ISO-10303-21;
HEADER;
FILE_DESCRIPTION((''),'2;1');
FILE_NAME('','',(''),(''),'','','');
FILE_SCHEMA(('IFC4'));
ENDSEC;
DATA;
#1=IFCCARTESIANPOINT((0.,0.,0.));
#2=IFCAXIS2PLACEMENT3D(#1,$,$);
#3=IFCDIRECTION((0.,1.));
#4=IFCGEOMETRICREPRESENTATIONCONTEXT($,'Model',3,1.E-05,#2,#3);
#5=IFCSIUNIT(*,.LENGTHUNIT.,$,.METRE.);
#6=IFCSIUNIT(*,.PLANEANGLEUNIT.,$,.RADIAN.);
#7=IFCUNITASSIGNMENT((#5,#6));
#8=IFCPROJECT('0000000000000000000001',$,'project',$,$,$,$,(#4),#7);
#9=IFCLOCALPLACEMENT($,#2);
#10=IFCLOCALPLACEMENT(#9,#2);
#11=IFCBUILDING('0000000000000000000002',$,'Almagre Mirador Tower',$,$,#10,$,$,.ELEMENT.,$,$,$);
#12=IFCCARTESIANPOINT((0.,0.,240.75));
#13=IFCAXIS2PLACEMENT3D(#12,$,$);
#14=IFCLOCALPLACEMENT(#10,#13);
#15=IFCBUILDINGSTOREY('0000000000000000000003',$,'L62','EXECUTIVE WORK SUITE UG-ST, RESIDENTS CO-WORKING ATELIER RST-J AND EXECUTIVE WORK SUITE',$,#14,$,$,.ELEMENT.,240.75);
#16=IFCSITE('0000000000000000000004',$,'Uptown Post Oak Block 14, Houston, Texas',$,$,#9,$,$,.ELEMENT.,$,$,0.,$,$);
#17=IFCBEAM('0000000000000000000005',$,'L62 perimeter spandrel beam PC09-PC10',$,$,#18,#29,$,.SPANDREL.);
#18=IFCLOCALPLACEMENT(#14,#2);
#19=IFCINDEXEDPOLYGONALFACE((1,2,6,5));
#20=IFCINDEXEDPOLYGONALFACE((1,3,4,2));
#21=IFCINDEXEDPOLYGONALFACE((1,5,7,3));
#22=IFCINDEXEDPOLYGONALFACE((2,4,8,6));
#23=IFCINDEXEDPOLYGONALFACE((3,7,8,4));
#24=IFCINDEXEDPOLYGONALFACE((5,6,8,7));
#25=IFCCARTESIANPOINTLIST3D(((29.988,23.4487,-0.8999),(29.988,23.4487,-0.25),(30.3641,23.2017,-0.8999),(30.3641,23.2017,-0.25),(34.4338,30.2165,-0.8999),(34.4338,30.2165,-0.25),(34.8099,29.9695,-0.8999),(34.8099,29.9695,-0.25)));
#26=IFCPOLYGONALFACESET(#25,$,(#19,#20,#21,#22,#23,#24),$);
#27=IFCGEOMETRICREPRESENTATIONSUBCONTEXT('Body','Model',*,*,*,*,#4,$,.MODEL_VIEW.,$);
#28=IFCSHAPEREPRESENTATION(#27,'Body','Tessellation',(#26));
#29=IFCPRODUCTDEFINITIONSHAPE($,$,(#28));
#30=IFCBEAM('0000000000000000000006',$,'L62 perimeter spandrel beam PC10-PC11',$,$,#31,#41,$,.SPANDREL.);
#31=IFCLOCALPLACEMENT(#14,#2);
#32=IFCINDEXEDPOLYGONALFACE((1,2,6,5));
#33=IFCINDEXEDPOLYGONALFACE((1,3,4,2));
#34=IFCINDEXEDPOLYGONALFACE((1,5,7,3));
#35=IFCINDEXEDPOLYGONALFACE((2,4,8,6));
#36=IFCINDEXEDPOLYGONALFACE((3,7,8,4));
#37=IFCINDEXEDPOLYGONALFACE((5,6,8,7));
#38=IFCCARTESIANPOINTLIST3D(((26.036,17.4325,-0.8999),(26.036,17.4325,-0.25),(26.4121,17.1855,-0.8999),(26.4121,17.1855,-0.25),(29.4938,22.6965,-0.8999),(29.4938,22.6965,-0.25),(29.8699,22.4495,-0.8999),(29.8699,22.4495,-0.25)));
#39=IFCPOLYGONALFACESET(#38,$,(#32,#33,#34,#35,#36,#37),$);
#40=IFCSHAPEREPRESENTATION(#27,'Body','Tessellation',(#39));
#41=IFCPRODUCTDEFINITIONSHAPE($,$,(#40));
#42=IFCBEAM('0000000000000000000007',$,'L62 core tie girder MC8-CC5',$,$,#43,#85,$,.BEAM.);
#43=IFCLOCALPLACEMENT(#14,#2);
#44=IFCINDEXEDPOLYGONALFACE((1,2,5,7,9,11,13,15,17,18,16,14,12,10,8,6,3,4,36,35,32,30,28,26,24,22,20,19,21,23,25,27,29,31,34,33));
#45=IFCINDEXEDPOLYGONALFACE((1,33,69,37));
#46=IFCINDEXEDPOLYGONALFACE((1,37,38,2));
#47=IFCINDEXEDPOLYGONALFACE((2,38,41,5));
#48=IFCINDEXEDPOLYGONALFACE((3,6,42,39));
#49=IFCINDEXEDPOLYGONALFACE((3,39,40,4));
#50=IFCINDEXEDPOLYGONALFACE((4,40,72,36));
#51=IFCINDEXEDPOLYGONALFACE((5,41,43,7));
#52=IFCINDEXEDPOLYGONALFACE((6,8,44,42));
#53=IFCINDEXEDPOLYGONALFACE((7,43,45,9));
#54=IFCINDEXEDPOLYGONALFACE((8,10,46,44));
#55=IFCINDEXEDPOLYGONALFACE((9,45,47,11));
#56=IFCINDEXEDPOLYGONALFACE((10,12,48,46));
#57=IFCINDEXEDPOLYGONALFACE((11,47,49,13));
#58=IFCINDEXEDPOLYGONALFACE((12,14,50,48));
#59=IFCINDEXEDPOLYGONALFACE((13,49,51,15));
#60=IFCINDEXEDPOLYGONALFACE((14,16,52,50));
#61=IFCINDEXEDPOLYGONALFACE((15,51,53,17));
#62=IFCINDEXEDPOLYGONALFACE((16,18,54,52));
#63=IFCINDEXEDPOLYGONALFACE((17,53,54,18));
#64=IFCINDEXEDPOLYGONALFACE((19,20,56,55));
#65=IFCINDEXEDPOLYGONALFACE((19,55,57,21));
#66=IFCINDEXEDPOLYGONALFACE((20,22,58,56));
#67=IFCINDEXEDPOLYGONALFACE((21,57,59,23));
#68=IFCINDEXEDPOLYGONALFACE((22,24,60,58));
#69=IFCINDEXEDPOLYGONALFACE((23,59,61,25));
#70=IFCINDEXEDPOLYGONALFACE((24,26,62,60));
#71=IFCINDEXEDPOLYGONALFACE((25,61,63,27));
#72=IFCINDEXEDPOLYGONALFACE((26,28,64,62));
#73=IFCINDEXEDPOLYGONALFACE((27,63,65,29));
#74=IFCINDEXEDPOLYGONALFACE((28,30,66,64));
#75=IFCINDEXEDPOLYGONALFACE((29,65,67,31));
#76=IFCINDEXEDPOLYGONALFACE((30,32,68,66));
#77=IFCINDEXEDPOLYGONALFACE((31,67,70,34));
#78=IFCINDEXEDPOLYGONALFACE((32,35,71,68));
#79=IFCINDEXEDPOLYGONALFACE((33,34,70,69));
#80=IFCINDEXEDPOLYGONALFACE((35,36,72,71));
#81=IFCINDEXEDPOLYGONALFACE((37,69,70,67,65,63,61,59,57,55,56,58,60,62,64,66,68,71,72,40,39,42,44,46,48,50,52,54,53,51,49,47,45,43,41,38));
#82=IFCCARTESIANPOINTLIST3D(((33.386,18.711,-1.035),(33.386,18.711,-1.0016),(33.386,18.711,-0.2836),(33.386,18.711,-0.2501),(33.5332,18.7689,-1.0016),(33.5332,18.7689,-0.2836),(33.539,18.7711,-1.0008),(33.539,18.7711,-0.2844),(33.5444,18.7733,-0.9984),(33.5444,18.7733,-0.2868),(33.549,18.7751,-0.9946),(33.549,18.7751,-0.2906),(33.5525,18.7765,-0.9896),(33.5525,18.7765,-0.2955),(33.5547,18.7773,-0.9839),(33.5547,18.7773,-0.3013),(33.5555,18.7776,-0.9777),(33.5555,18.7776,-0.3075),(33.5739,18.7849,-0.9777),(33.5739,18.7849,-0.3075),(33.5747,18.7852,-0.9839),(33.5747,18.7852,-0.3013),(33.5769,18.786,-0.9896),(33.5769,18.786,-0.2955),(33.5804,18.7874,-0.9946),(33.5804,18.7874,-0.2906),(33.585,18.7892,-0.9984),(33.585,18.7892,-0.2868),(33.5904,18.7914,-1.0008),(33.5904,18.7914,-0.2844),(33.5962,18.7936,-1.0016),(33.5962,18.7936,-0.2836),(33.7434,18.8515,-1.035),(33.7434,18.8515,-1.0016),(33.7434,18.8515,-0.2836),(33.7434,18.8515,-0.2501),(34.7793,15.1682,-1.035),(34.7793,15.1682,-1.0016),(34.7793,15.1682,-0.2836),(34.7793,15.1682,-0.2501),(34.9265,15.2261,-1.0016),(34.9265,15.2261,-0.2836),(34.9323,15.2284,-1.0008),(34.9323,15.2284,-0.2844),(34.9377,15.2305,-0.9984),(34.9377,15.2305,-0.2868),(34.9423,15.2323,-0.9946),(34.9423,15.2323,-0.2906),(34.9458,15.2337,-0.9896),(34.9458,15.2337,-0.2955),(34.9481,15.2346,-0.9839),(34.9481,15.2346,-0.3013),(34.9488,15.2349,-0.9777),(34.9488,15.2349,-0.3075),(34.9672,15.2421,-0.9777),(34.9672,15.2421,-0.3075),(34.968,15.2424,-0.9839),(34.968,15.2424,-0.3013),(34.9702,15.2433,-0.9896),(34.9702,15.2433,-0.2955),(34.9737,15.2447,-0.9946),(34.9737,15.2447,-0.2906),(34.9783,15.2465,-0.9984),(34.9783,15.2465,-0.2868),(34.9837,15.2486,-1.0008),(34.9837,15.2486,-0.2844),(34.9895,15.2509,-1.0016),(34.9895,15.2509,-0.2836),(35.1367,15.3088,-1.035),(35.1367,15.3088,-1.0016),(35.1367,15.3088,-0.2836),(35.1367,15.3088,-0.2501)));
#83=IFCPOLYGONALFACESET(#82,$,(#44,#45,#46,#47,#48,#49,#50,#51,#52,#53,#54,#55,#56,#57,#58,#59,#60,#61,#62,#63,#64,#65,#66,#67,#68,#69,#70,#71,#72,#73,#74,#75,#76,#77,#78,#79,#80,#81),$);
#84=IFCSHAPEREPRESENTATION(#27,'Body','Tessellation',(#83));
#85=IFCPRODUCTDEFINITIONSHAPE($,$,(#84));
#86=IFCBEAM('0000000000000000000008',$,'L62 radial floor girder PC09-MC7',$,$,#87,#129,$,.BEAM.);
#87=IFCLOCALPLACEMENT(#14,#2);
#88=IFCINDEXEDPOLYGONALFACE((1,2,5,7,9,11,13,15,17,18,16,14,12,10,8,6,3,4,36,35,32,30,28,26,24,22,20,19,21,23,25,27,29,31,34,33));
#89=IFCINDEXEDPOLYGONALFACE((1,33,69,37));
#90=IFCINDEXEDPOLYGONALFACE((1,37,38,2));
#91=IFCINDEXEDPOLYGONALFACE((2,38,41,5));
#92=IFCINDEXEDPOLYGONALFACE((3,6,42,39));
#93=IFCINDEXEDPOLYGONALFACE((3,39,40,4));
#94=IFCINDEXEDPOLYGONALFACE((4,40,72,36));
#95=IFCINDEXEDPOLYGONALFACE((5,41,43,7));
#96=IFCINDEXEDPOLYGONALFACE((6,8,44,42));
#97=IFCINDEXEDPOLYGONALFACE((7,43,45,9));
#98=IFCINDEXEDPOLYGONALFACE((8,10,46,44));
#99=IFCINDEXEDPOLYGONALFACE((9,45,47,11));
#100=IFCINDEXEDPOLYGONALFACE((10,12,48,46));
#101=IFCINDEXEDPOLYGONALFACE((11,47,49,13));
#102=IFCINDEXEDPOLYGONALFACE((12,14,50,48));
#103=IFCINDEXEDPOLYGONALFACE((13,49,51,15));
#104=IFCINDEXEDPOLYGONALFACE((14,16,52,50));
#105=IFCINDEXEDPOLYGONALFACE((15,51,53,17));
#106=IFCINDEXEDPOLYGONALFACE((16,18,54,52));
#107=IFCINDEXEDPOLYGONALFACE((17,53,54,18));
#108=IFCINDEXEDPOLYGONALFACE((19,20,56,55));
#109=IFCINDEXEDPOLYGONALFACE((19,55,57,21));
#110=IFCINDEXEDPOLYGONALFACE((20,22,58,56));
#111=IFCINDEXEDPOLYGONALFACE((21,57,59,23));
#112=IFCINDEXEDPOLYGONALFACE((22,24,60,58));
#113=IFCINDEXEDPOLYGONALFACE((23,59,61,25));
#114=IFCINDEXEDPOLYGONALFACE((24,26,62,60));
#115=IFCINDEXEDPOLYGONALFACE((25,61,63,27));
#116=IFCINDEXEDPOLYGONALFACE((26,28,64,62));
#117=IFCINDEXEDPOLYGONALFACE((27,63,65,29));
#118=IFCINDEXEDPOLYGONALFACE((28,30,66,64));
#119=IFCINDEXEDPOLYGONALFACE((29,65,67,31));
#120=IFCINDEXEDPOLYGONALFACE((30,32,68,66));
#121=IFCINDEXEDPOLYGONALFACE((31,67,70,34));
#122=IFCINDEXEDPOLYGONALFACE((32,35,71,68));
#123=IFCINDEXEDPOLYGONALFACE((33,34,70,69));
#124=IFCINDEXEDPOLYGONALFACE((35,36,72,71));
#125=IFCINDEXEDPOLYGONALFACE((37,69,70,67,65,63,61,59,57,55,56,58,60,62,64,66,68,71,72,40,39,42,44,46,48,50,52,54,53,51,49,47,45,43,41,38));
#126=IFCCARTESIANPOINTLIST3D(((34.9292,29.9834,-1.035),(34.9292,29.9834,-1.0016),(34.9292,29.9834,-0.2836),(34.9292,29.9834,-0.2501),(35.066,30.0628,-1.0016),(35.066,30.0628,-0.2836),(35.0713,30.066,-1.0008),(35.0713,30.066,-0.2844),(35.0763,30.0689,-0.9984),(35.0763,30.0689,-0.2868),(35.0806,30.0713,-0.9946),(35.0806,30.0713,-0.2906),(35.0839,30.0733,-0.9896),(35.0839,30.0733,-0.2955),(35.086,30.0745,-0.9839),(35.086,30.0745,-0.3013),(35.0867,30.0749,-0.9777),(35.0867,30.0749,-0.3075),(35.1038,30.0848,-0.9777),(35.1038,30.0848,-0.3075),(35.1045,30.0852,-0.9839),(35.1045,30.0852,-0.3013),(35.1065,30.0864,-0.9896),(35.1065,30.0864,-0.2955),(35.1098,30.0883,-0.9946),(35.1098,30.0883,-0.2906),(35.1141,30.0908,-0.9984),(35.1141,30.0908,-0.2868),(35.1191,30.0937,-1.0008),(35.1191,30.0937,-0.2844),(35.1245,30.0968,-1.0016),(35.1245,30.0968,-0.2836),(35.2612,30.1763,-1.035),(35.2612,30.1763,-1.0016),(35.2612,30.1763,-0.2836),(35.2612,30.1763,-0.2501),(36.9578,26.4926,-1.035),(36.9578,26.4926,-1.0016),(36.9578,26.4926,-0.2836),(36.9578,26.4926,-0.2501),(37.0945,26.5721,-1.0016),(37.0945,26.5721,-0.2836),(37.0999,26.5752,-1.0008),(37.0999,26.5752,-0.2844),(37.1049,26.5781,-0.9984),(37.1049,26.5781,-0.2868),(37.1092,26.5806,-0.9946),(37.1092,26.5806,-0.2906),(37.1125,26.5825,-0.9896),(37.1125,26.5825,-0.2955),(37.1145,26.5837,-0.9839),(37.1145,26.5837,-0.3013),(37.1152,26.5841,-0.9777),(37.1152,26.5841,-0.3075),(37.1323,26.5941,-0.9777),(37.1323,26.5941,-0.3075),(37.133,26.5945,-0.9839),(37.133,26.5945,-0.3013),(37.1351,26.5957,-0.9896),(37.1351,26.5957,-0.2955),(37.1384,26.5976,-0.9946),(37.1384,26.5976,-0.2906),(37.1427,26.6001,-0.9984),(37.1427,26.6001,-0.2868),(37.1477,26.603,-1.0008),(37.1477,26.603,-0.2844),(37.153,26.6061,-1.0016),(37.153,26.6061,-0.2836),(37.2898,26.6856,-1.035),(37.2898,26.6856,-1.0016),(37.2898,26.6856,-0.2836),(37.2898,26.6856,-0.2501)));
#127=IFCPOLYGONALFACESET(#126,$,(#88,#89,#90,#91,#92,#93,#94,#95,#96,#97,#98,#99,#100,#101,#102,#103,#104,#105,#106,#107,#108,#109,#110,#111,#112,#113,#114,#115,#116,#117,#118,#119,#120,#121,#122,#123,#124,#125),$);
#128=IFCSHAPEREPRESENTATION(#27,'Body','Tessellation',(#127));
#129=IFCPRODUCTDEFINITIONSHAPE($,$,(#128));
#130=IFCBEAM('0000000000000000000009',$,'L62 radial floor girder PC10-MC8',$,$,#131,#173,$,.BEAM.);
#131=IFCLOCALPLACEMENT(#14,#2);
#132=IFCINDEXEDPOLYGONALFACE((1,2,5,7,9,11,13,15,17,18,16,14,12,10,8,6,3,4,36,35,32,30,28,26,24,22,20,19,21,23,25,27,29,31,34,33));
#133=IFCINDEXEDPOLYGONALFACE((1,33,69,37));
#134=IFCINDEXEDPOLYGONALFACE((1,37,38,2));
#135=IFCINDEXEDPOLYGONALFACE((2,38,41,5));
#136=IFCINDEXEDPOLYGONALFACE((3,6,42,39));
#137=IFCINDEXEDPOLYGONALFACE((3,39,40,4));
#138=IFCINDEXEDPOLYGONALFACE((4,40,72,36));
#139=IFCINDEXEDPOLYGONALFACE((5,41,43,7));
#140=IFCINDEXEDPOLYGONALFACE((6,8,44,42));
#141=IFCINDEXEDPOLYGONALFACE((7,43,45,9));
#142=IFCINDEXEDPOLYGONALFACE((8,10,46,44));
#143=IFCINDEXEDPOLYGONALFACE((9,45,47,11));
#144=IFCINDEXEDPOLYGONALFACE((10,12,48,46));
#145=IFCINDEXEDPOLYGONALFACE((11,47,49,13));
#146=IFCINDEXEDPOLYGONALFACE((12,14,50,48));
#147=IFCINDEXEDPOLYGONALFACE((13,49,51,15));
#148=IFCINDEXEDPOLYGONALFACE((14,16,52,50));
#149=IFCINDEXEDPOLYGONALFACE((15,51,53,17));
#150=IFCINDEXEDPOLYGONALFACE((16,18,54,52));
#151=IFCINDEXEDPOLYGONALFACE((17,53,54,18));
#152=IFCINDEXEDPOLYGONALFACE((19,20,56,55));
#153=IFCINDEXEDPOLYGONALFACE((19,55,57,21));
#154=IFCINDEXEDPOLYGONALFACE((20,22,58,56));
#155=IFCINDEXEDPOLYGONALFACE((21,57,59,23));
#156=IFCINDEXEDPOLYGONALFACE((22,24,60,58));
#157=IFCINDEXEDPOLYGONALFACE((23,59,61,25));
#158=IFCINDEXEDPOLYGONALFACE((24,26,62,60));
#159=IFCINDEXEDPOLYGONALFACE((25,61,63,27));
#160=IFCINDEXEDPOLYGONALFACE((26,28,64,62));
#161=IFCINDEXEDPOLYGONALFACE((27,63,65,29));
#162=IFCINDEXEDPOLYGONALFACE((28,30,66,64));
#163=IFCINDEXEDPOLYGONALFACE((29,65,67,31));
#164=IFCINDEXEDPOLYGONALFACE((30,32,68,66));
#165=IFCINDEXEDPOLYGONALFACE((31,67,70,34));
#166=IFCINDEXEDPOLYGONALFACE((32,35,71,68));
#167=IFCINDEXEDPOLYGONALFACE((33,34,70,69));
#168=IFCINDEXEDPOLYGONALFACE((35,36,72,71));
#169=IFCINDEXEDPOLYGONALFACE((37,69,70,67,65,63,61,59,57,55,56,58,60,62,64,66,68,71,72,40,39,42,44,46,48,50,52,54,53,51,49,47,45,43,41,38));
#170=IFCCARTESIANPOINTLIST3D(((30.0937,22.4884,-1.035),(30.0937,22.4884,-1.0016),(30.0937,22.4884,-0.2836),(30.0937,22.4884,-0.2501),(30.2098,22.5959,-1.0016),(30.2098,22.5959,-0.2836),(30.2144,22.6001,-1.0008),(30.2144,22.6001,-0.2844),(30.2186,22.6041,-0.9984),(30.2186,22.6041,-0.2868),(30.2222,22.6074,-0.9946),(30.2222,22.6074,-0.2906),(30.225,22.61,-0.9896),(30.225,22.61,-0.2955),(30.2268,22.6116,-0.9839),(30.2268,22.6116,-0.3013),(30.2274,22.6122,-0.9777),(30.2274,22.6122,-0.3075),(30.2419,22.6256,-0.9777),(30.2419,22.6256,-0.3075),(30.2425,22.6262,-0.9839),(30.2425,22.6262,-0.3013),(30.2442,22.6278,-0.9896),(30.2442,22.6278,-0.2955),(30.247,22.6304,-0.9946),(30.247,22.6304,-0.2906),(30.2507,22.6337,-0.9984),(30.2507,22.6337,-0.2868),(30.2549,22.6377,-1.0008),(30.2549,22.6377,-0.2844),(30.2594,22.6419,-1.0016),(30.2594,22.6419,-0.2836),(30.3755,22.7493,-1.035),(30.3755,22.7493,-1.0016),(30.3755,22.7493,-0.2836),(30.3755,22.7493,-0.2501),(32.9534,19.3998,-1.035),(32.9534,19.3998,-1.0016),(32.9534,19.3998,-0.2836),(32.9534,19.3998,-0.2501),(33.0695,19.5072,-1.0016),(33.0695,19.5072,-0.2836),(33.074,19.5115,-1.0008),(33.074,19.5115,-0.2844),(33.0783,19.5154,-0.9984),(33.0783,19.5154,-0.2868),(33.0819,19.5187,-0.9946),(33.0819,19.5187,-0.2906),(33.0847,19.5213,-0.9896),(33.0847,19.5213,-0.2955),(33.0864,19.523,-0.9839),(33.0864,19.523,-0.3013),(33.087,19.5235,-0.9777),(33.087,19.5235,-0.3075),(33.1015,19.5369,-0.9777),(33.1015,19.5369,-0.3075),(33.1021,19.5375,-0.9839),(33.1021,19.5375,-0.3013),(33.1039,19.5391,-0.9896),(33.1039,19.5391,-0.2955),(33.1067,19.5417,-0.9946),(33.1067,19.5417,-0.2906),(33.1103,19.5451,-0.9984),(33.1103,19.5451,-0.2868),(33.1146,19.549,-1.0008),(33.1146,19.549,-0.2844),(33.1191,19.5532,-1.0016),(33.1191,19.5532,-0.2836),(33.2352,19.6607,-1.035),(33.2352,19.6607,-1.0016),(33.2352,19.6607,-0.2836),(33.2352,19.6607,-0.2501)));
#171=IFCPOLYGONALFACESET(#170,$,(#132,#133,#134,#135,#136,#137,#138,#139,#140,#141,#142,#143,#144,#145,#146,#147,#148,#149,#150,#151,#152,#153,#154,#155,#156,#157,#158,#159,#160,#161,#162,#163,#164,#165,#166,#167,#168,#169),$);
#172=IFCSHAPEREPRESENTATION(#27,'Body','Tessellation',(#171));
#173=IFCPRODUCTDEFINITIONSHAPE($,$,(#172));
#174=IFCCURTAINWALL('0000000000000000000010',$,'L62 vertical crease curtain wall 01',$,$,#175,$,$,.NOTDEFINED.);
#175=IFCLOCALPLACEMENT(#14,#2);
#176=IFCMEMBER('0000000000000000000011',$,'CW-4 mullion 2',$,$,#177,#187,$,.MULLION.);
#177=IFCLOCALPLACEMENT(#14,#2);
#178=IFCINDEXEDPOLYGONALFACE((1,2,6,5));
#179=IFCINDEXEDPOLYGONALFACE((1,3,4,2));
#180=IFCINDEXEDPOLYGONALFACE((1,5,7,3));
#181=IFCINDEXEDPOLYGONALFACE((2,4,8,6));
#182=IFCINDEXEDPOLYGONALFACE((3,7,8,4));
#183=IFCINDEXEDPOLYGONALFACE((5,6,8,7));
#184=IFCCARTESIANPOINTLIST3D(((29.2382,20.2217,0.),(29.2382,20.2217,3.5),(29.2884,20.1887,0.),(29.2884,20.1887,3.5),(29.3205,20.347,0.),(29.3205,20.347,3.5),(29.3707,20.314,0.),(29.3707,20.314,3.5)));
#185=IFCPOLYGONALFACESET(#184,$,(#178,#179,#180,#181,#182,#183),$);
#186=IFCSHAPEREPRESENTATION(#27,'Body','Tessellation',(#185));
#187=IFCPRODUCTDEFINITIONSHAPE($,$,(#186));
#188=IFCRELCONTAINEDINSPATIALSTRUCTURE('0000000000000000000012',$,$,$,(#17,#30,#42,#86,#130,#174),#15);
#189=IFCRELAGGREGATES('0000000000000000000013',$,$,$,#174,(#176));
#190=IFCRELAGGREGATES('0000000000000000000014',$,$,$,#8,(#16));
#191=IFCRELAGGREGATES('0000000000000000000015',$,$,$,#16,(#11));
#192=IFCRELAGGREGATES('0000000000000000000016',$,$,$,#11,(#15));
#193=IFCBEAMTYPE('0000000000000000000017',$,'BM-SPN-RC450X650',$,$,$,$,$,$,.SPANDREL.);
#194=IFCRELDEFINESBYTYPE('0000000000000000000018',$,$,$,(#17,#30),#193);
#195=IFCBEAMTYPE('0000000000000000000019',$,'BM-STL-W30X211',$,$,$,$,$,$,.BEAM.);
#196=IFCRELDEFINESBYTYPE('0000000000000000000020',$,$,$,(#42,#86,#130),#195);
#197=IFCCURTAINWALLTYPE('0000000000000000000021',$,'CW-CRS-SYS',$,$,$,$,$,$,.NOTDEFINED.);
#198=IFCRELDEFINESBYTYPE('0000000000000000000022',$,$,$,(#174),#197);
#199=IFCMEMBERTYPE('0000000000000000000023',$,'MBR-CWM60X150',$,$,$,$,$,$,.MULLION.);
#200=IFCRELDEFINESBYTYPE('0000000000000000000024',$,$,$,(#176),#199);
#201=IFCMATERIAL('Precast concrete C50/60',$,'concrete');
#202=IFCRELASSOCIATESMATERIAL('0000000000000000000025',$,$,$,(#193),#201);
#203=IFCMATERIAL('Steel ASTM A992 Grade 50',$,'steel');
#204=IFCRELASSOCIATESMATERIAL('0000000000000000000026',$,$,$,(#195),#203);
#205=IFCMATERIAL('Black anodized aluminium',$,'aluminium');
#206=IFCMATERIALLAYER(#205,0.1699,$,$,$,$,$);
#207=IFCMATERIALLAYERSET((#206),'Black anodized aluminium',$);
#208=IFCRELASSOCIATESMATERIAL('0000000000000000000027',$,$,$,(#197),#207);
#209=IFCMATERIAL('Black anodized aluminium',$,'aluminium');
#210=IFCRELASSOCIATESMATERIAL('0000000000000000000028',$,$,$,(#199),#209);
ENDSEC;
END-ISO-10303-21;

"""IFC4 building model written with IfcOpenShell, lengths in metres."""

from ifc_helpers import new_model, si_unit, direction, frame, origin, origin_2d, place, context, subcontext, project, spatial, rectangle, i_section, extrude, material, layer, layer_set, material_profile, profile_set, type_object, element, aggregate, save


model = new_model("IFC4")

# Units and contexts
model_context = context("Model", 3, precision=1e-05, world=origin(), true_north=direction((0.0, 1.0)))
body_context = subcontext(model_context, "Body", "Model", "MODEL_VIEW")
ifc_project = project(units=[si_unit("LENGTHUNIT", "METRE"), si_unit("PLANEANGLEUNIT", "RADIAN")], contexts=[model_context])

# Site, building, storey
site_placement = place(None, origin())
site = spatial("IfcSite", under=ifc_project, at=site_placement, Name="Uptown Post Oak Block 14, Houston, Texas", CompositionType="ELEMENT", RefElevation=0.0)
building_placement = place(site_placement, origin())
building = spatial("IfcBuilding", under=site, at=building_placement, Name="Almagre Mirador Tower", CompositionType="ELEMENT")
storey_placement = place(building_placement, frame((0.0, 0.0, 240.75)))
storey = spatial("IfcBuildingStorey", under=building, at=storey_placement, Name="L62", Description="EXECUTIVE WORK SUITE UG-ST, RESIDENTS CO-WORKING ATELIER RST-J AND EXECUTIVE WORK SUITE", CompositionType="ELEMENT", Elevation=240.75)

# Beams
ifc_material_1 = material(Name="Precast concrete C50/60", Category="concrete")
ifc_material_profile_1 = material_profile(ifc_material_1, rectangle(XDim=0.45, YDim=0.6499, at=origin_2d()), Name="RC450X650")
ifc_profile_set_1 = profile_set([ifc_material_profile_1], Name="Precast concrete C50/60")
beam_type_1 = type_object("IfcBeamType", Name="BM-SPN-RC450X650", PredefinedType="SPANDREL", material=ifc_profile_set_1)
beam_1_placement = place(storey_placement, frame((34.6218, 30.093, -0.575), z_axis=(-0.549038, -0.835798, 0.0), x_axis=(0.835798, -0.549038, 0.0)))
element("IfcBeam", 1, at=beam_1_placement, inside=storey, type_object=beam_type_1, Name="L62 perimeter spandrel beam PC09-PC10", PredefinedType="SPANDREL", context=body_context, shape_type="SweptSolid", body=[
    extrude(rectangle(XDim=0.45, YDim=0.6499, at=origin_2d()), origin(), (0.0, 0.0, 1.0), 8.0974),
])
beam_2_placement = place(storey_placement, frame((29.6819, 22.573, -0.575), z_axis=(-0.549025, -0.835806, 0.0), x_axis=(0.835806, -0.549025, 0.0)))
element("IfcBeam", 2, at=beam_2_placement, inside=storey, type_object=beam_type_1, Name="L62 perimeter spandrel beam PC10-PC11", PredefinedType="SPANDREL", context=body_context, shape_type="SweptSolid", body=[
    extrude(rectangle(XDim=0.45, YDim=0.6499, at=origin_2d()), origin(), (0.0, 0.0, 1.0), 6.2981),
])
ifc_material_2 = material(Name="Steel ASTM A992 Grade 50", Category="steel")
ifc_material_profile_2 = material_profile(ifc_material_2, i_section(OverallWidth=0.384, OverallDepth=0.7849, WebThickness=0.0198, FlangeThickness=0.0334, FilletRadius=0.0239, at=origin_2d()), Name="W30X211")
ifc_profile_set_2 = profile_set([ifc_material_profile_2], Name="Steel ASTM A992 Grade 50")
beam_type_2 = type_object("IfcBeamType", Name="BM-STL-W30X211", PredefinedType="BEAM", material=ifc_profile_set_2)
beam_3_placement = place(storey_placement, frame((33.5647, 18.7812, -0.6426), z_axis=(0.366, -0.930615, 0.0), x_axis=(0.930615, 0.366, 0.0)))
element("IfcBeam", 3, at=beam_3_placement, inside=storey, type_object=beam_type_2, Name="L62 core tie girder MC8-CC5", PredefinedType="BEAM", context=body_context, shape_type="SweptSolid", body=[
    extrude(i_section(OverallWidth=0.384, OverallDepth=0.7849, WebThickness=0.0198, FlangeThickness=0.0334, FilletRadius=0.0239, at=origin_2d()), origin(), (0.0, 0.0, 1.0), 3.8069),
])
beam_4_placement = place(storey_placement, frame((35.0952, 30.0798, -0.6426), z_axis=(0.502449, -0.864607, 0.0), x_axis=(0.864607, 0.502449, 0.0)))
element("IfcBeam", 4, at=beam_4_placement, inside=storey, type_object=beam_type_2, Name="L62 radial floor girder PC09-MC7", PredefinedType="BEAM", context=body_context, shape_type="SweptSolid", body=[
    extrude(i_section(OverallWidth=0.384, OverallDepth=0.7849, WebThickness=0.0198, FlangeThickness=0.0334, FilletRadius=0.0239, at=origin_2d()), origin(), (0.0, 0.0, 1.0), 4.0374),
])
beam_5_placement = place(storey_placement, frame((30.2346, 22.6189, -0.6426), z_axis=(0.67938, -0.733786, 0.0), x_axis=(0.733786, 0.67938, 0.0)))
element("IfcBeam", 5, at=beam_5_placement, inside=storey, type_object=beam_type_2, Name="L62 radial floor girder PC10-MC8", PredefinedType="BEAM", context=body_context, shape_type="SweptSolid", body=[
    extrude(i_section(OverallWidth=0.384, OverallDepth=0.7849, WebThickness=0.0198, FlangeThickness=0.0334, FilletRadius=0.0239, at=origin_2d()), origin(), (0.0, 0.0, 1.0), 4.2092),
])

# Curtain wall, member
ifc_material_3 = material(Name="Black anodized aluminium", Category="aluminium")
ifc_layer_1 = layer(ifc_material_3, 0.1699)
ifc_layer_set_1 = layer_set([ifc_layer_1], Name="Black anodized aluminium")
curtain_wall_type_1 = type_object("IfcCurtainWallType", Name="CW-CRS-SYS", PredefinedType="NOTDEFINED", material=ifc_layer_set_1)
curtain_wall_1_placement = place(storey_placement, origin())
curtain_wall_1 = element("IfcCurtainWall", 6, at=curtain_wall_1_placement, inside=storey, type_object=curtain_wall_type_1, Name="L62 vertical crease curtain wall 01", PredefinedType="NOTDEFINED")
ifc_material_4 = material(Name="Black anodized aluminium", Category="aluminium")
ifc_material_profile_3 = material_profile(ifc_material_4, rectangle(XDim=0.0601, YDim=0.1499, at=origin_2d()), Name="CWM60X150")
ifc_profile_set_3 = profile_set([ifc_material_profile_3], Name="Black anodized aluminium")
member_type_1 = type_object("IfcMemberType", Name="MBR-CWM60X150", PredefinedType="MULLION", material=ifc_profile_set_3)
member_1_placement = place(storey_placement, frame((29.3044, 20.2678, 0.0), z_axis=(0.0, 0.0, 1.0), x_axis=(-0.835712, 0.549168, 0.0)))
member_1 = element("IfcMember", 7, at=member_1_placement, type_object=member_type_1, Name="CW-4 mullion 2", PredefinedType="MULLION", context=body_context, shape_type="SweptSolid", body=[
    extrude(rectangle(XDim=0.0601, YDim=0.1499, at=origin_2d()), origin(), (0.0, 0.0, 1.0), 3.5),
])

aggregate(curtain_wall_1, [member_1])

save(model, "model.ifc")
